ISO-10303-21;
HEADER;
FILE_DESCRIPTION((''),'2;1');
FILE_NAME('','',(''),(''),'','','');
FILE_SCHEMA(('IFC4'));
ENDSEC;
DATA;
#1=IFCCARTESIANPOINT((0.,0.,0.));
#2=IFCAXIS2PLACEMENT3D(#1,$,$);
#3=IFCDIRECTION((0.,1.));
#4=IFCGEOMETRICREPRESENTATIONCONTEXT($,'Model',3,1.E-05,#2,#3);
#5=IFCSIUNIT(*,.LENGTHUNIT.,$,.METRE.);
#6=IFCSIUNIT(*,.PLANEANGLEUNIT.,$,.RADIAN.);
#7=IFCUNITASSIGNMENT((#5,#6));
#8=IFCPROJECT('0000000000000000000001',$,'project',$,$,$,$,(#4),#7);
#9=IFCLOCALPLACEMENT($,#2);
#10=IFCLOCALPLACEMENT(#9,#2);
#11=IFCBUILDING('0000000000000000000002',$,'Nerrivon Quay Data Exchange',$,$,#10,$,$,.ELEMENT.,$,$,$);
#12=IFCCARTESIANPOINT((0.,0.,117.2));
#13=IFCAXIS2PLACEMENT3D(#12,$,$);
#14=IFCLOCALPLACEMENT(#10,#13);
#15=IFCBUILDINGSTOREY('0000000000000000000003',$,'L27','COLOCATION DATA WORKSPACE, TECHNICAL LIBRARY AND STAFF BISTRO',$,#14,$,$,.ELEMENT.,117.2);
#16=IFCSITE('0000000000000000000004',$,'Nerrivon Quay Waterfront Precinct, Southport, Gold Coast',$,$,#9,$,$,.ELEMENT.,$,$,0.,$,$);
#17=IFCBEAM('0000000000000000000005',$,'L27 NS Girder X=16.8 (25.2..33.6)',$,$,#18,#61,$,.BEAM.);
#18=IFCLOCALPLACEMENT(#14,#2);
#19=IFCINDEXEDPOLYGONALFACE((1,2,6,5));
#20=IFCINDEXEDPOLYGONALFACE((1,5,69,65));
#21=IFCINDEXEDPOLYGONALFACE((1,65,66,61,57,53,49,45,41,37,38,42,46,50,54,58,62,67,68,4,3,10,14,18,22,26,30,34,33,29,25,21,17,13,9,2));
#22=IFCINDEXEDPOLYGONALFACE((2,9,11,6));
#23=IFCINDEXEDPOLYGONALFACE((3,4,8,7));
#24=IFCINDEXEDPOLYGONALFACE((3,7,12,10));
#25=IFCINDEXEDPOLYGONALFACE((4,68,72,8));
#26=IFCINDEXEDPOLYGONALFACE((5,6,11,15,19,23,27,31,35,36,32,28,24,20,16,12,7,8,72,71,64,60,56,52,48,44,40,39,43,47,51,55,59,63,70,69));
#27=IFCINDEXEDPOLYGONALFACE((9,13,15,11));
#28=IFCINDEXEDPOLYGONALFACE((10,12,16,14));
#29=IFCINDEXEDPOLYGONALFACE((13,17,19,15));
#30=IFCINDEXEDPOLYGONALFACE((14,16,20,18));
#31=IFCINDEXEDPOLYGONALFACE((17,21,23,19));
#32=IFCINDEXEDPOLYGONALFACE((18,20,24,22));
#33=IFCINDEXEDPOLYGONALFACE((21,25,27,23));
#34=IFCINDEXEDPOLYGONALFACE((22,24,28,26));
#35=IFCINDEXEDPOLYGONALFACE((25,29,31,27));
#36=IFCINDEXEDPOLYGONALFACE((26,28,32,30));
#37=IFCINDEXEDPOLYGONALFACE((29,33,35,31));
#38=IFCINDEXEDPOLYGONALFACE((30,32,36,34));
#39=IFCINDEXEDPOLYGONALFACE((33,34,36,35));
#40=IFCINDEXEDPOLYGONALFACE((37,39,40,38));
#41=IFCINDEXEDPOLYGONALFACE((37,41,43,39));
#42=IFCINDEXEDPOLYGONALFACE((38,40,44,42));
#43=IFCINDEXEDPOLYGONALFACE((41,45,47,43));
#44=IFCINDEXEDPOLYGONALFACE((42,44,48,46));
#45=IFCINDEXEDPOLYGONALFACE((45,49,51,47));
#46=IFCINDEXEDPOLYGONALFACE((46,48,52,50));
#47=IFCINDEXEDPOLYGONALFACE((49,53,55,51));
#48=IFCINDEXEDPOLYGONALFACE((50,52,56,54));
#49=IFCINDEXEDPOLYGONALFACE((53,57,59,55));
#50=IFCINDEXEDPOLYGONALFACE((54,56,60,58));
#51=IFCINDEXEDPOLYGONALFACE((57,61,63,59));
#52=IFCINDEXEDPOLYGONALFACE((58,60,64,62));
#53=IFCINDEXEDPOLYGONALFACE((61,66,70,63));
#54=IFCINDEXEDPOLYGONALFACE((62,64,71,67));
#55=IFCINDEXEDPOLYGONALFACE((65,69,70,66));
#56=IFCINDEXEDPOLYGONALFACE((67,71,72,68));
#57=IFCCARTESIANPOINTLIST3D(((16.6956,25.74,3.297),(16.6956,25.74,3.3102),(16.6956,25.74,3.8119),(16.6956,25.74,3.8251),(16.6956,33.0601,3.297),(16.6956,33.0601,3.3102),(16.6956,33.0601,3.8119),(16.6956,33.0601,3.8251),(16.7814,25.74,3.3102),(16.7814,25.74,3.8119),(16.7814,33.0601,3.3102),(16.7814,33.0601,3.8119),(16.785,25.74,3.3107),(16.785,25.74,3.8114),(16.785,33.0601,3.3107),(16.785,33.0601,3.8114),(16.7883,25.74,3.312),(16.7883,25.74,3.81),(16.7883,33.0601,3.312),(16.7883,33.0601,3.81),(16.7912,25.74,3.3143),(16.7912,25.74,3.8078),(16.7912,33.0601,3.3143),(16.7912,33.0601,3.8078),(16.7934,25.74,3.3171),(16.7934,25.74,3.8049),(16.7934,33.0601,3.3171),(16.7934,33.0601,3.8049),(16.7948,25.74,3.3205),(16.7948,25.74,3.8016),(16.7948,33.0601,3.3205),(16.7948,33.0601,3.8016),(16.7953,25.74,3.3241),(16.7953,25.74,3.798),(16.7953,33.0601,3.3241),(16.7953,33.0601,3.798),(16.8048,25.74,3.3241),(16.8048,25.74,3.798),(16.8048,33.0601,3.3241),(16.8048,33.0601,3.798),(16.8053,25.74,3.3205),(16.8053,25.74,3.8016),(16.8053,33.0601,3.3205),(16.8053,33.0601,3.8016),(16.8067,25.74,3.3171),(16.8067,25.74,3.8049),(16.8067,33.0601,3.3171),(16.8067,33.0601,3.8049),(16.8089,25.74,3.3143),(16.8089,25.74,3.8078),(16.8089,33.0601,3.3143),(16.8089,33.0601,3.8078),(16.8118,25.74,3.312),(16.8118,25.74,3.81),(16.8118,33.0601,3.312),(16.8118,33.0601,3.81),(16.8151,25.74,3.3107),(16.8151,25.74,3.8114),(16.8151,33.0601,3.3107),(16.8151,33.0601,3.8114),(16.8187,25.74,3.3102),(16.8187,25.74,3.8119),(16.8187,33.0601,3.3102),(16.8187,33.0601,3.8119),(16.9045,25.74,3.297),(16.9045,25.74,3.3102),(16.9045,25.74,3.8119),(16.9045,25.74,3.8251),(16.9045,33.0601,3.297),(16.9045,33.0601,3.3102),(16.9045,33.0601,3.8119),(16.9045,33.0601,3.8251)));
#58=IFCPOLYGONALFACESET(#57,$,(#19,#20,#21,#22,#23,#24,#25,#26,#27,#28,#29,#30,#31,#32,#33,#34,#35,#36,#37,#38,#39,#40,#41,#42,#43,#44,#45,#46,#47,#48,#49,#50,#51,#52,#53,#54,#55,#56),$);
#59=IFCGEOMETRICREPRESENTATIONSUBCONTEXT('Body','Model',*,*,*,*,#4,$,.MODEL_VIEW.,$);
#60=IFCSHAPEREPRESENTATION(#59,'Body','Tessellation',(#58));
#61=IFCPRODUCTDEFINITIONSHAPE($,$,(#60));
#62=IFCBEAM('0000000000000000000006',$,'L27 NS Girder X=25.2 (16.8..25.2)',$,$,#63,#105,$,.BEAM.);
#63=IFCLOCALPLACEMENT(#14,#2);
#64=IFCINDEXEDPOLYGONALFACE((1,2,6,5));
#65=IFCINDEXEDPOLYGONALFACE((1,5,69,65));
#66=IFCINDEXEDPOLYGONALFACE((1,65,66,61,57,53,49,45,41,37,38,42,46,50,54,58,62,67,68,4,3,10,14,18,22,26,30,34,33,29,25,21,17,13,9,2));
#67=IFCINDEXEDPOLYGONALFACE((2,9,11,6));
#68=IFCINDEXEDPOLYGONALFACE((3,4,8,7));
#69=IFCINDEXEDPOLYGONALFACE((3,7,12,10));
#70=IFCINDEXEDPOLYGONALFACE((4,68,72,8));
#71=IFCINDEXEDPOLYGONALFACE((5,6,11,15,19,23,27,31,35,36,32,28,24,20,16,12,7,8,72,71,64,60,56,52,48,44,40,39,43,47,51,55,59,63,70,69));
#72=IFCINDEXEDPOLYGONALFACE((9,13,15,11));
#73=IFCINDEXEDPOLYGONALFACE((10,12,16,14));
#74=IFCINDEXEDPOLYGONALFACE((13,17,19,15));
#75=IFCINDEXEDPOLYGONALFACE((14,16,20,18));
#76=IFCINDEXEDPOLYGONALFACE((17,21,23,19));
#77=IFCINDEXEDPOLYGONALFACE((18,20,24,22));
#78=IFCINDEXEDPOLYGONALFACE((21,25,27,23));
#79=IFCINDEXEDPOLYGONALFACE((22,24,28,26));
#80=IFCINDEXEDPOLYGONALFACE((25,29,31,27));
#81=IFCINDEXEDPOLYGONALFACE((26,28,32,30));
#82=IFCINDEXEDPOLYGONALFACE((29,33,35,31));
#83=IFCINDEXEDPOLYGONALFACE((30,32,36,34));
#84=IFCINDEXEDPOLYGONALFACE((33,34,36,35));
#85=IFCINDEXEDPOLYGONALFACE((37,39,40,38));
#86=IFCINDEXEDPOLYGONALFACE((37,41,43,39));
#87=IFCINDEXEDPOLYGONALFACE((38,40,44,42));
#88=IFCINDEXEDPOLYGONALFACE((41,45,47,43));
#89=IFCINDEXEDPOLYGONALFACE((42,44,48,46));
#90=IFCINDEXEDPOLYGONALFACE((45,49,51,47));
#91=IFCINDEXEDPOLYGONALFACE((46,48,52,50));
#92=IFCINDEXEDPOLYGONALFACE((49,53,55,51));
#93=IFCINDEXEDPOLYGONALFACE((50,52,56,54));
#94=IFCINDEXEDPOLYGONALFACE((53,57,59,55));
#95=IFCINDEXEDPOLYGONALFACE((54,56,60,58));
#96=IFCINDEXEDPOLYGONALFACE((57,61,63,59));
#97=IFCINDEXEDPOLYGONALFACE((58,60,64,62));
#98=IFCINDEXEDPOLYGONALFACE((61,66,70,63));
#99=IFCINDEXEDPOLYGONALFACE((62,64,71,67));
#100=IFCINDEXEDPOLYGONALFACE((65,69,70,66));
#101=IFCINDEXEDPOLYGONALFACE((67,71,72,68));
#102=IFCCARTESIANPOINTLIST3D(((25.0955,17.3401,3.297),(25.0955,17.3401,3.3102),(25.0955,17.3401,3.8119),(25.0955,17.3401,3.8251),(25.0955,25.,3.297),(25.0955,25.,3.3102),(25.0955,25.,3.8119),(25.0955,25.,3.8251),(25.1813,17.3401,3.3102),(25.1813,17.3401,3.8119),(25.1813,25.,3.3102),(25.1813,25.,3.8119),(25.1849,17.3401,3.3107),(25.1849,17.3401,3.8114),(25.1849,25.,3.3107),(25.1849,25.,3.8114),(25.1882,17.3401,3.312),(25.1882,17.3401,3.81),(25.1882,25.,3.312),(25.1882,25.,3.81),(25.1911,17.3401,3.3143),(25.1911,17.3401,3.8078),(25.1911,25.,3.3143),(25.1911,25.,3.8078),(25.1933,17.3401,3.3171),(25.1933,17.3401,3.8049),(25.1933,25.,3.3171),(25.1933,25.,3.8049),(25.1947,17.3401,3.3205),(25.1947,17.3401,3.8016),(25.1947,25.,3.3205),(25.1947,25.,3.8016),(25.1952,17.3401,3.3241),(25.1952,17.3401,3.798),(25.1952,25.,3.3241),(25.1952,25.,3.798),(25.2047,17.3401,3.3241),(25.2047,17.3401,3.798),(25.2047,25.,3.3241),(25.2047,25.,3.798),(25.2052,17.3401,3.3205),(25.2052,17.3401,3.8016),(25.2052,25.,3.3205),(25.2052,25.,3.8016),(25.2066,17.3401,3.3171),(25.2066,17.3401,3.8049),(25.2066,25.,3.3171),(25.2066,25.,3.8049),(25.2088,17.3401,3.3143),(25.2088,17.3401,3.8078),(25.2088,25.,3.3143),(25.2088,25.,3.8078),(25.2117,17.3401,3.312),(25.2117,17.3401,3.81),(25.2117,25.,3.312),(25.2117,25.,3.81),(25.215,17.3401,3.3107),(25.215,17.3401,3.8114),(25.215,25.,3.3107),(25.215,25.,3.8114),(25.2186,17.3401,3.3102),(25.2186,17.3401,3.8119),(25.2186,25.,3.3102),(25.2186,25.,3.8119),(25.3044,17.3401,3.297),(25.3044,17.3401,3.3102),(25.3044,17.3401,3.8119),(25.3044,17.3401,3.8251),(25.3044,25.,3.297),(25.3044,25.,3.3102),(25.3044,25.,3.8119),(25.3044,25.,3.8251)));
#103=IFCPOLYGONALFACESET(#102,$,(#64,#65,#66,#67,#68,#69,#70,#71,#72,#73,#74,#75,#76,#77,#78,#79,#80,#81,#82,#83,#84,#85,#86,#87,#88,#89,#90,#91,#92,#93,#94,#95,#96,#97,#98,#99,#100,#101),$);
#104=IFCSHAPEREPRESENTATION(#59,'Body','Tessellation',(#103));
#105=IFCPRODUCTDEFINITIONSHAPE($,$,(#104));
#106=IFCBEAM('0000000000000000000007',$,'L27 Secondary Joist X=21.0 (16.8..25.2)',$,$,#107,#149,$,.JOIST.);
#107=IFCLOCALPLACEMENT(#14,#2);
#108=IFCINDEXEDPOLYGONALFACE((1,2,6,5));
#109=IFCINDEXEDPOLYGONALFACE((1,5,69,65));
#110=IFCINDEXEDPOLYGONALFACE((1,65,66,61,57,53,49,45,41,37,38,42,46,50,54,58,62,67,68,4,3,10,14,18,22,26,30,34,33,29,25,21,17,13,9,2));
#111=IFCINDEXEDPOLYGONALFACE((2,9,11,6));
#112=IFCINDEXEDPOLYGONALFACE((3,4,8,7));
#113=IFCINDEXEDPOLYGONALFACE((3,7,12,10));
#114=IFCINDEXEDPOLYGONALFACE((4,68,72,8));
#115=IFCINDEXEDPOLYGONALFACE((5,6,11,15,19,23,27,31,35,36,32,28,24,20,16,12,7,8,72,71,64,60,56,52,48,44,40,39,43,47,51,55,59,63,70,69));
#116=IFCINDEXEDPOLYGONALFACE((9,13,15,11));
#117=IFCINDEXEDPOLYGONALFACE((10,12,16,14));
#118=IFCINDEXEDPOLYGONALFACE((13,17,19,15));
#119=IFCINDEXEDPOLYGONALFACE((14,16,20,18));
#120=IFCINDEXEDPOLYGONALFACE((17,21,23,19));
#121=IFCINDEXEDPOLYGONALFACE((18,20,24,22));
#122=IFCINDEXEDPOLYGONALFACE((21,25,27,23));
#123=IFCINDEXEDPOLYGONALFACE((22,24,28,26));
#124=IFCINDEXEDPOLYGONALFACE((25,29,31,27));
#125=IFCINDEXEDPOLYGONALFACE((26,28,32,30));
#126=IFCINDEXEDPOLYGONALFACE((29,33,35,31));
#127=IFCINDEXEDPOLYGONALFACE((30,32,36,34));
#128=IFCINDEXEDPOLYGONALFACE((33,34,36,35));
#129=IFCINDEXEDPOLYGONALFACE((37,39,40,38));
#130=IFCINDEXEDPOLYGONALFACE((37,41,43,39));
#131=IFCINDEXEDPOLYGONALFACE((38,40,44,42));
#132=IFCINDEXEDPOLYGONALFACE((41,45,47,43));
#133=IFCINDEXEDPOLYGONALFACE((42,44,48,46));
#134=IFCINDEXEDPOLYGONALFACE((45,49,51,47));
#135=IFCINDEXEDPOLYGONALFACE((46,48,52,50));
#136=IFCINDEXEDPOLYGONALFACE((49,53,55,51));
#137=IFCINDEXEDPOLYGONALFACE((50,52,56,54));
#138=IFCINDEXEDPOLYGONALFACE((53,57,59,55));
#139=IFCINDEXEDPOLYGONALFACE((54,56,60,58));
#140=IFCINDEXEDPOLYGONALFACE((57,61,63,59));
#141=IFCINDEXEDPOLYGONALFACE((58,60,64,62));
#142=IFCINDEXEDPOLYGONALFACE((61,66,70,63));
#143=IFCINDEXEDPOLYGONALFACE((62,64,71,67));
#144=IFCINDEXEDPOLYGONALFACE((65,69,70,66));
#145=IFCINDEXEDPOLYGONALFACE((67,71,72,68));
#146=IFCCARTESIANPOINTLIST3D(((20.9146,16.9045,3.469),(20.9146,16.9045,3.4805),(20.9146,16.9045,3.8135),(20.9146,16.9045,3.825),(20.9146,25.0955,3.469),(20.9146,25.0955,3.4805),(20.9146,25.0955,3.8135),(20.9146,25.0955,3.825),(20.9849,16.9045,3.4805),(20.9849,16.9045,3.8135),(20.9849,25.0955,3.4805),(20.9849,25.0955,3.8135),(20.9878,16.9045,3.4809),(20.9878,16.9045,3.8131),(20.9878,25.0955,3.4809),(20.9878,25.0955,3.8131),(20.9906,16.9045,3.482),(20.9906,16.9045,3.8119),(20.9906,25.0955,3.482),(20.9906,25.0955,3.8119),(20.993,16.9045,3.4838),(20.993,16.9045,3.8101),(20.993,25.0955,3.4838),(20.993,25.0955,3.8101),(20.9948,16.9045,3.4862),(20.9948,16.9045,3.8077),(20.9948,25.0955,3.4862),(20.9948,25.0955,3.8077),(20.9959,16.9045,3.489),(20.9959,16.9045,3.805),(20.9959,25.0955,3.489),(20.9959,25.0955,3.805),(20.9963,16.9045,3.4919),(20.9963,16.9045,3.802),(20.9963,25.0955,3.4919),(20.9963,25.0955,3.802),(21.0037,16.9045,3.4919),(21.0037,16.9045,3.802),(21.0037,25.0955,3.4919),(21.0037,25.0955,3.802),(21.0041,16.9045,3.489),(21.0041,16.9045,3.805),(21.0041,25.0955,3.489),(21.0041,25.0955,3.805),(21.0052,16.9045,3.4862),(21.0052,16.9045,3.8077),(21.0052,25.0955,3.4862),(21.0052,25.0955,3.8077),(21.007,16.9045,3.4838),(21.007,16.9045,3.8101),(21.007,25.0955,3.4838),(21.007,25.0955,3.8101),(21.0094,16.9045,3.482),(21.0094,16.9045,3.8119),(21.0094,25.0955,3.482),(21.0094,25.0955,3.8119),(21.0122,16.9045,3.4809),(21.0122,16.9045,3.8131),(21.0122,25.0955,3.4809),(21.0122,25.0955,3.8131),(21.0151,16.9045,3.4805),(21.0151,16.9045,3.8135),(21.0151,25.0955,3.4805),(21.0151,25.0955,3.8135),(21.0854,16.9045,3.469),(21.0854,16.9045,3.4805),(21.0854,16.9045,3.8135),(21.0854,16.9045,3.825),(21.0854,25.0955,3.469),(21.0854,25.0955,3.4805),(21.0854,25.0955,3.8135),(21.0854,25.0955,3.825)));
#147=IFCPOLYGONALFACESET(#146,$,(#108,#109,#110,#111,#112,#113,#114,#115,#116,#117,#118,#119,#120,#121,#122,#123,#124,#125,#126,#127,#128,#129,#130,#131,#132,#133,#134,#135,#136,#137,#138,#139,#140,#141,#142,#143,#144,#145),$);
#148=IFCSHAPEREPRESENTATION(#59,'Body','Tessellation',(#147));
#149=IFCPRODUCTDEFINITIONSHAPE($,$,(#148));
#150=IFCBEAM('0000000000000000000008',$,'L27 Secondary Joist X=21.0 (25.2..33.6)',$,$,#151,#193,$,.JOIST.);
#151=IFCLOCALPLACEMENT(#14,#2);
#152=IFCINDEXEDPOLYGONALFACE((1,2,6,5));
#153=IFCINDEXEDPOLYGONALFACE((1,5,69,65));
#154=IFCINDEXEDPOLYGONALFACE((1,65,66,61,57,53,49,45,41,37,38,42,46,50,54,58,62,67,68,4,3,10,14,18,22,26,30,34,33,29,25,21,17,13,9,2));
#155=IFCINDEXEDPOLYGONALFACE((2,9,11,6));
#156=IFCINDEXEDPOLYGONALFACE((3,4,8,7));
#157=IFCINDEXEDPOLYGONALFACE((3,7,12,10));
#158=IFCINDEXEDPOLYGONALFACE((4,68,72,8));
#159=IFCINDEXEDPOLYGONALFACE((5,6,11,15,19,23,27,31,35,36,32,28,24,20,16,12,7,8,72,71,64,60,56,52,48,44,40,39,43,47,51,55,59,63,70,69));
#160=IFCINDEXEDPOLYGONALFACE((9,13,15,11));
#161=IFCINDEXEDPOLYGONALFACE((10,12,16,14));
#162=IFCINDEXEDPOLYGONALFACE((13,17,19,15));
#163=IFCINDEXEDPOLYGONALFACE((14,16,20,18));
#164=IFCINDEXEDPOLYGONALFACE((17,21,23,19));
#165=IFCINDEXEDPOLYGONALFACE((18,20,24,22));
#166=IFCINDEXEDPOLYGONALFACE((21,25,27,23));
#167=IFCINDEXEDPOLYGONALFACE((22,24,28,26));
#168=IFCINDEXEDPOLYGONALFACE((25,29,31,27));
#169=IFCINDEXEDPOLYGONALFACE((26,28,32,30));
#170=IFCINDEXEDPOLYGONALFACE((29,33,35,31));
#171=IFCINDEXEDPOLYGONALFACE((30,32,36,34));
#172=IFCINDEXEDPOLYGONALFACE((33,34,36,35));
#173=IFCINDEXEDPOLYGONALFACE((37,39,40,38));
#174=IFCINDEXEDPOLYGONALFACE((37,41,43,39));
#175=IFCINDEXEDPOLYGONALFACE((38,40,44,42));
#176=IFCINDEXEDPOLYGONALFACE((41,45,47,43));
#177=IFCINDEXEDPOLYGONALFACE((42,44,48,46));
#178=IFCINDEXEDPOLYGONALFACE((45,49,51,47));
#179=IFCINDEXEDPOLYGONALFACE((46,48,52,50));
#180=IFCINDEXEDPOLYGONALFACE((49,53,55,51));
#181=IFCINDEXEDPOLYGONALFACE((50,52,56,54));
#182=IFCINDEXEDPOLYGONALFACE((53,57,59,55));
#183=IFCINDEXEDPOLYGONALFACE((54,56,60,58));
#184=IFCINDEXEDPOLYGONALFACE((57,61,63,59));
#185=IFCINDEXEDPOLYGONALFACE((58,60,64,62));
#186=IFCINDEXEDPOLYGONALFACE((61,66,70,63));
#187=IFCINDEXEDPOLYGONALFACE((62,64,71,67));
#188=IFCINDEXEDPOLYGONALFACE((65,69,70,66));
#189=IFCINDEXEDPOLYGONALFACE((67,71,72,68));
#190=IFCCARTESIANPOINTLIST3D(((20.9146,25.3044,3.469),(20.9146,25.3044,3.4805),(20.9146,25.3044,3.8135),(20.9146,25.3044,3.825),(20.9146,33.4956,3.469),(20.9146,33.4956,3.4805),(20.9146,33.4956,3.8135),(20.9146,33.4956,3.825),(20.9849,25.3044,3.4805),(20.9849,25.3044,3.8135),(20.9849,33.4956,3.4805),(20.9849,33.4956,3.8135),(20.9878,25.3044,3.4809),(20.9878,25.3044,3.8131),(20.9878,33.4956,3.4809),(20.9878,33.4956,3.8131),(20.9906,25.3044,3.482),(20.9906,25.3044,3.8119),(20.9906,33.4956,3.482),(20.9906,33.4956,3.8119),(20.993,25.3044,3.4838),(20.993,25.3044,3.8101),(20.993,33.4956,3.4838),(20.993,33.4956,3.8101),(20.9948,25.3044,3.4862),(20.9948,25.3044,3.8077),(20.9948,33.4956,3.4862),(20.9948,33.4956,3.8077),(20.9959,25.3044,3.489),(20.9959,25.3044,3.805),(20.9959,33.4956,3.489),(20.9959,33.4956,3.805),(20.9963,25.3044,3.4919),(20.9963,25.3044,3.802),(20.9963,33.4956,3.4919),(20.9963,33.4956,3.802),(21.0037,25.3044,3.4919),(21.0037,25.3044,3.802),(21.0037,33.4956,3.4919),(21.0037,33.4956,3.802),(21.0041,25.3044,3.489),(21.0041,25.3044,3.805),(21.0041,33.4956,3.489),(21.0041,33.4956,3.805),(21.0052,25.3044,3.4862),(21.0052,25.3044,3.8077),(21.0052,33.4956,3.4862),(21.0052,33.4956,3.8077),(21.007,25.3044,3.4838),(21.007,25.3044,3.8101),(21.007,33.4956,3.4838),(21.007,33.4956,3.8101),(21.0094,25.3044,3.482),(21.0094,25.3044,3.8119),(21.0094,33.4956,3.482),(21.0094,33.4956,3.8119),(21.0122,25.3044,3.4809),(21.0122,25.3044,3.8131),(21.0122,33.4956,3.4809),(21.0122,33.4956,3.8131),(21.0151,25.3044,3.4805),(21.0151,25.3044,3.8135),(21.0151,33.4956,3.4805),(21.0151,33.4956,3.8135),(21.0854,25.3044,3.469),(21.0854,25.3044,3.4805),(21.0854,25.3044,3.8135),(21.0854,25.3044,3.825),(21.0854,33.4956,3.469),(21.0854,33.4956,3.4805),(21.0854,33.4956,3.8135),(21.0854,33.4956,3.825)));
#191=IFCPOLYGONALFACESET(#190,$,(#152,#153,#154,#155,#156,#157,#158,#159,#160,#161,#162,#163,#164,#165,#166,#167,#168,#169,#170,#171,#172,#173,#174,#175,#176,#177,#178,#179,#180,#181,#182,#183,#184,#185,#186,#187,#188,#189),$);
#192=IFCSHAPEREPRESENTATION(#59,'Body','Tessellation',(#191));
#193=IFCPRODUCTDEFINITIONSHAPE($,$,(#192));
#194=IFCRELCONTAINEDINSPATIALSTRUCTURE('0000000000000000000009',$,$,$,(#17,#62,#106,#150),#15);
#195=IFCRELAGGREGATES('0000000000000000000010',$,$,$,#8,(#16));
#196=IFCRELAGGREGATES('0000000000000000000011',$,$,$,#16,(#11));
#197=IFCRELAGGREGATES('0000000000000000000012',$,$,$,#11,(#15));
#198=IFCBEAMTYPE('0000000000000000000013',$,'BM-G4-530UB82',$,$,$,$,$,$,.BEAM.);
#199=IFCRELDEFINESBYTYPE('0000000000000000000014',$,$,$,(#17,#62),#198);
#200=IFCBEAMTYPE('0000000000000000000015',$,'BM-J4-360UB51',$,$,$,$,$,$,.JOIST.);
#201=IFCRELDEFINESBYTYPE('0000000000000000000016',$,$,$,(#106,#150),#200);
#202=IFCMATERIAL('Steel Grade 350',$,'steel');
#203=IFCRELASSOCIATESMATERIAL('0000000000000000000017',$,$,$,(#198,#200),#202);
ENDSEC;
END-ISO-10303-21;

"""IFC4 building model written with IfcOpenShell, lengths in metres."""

from ifc_helpers import new_model, si_unit, direction, frame, origin, origin_2d, place, context, subcontext, project, spatial, i_section, extrude, material, material_profile, profile_set, type_object, element, save


model = new_model("IFC4")

# Units and contexts
model_context = context("Model", 3, precision=1e-05, world=origin(), true_north=direction((0.0, 1.0)))
body_context = subcontext(model_context, "Body", "Model", "MODEL_VIEW")
ifc_project = project(units=[si_unit("LENGTHUNIT", "METRE"), si_unit("PLANEANGLEUNIT", "RADIAN")], contexts=[model_context])

# Site, building, storey
site_placement = place(None, origin())
site = spatial("IfcSite", under=ifc_project, at=site_placement, Name="Nerrivon Quay Waterfront Precinct, Southport, Gold Coast", CompositionType="ELEMENT", RefElevation=0.0)
building_placement = place(site_placement, origin())
building = spatial("IfcBuilding", under=site, at=building_placement, Name="Nerrivon Quay Data Exchange", CompositionType="ELEMENT")
storey_placement = place(building_placement, frame((0.0, 0.0, 117.2)))
storey = spatial("IfcBuildingStorey", under=building, at=storey_placement, Name="L27", Description="COLOCATION DATA WORKSPACE, TECHNICAL LIBRARY AND STAFF BISTRO", CompositionType="ELEMENT", Elevation=117.2)

# Shared definitions
ifc_material_1 = material(Name="Steel Grade 350", Category="steel")

# Beams
ifc_material_profile_1 = material_profile(ifc_material_1, i_section(OverallWidth=0.209, OverallDepth=0.5281, WebThickness=0.0095, FlangeThickness=0.0132, FilletRadius=0.0139, at=origin_2d()), Name="530UB82.0")
ifc_profile_set_1 = profile_set([ifc_material_profile_1], Name="Steel Grade 350")
beam_type_1 = type_object("IfcBeamType", Name="BM-G4-530UB82", PredefinedType="BEAM", material=ifc_profile_set_1)
beam_1_placement = place(storey_placement, frame((16.8, 25.74, 3.561), z_axis=(0.0, 1.0, 0.0), x_axis=(-1.0, 0.0, 0.0)))
element("IfcBeam", 1, at=beam_1_placement, inside=storey, type_object=beam_type_1, Name="L27 NS Girder X=16.8 (25.2..33.6)", PredefinedType="BEAM", context=body_context, shape_type="SweptSolid", body=[
    extrude(i_section(OverallWidth=0.209, OverallDepth=0.5281, WebThickness=0.0095, FlangeThickness=0.0132, FilletRadius=0.0139, at=origin_2d()), origin(), (0.0, 0.0, 1.0), 7.3201),
])
beam_2_placement = place(storey_placement, frame((25.2, 17.3401, 3.561), z_axis=(0.0, 1.0, 0.0), x_axis=(-1.0, 0.0, 0.0)))
element("IfcBeam", 2, at=beam_2_placement, inside=storey, type_object=beam_type_1, Name="L27 NS Girder X=25.2 (16.8..25.2)", PredefinedType="BEAM", context=body_context, shape_type="SweptSolid", body=[
    extrude(i_section(OverallWidth=0.209, OverallDepth=0.5281, WebThickness=0.0095, FlangeThickness=0.0132, FilletRadius=0.0139, at=origin_2d()), origin(), (0.0, 0.0, 1.0), 7.6599),
])
ifc_material_profile_2 = material_profile(ifc_material_1, i_section(OverallWidth=0.1709, OverallDepth=0.356, WebThickness=0.0073, FlangeThickness=0.0115, FilletRadius=0.0115, at=origin_2d()), Name="360UB50.7")
ifc_profile_set_2 = profile_set([ifc_material_profile_2], Name="Steel Grade 350")
beam_type_2 = type_object("IfcBeamType", Name="BM-J4-360UB51", PredefinedType="JOIST", material=ifc_profile_set_2)
beam_3_placement = place(storey_placement, frame((21.0, 16.9045, 3.647), z_axis=(0.0, 1.0, 0.0), x_axis=(-1.0, 0.0, 0.0)))
element("IfcBeam", 3, at=beam_3_placement, inside=storey, type_object=beam_type_2, Name="L27 Secondary Joist X=21.0 (16.8..25.2)", PredefinedType="JOIST", context=body_context, shape_type="SweptSolid", body=[
    extrude(i_section(OverallWidth=0.1709, OverallDepth=0.356, WebThickness=0.0073, FlangeThickness=0.0115, FilletRadius=0.0115, at=origin_2d()), origin(), (0.0, 0.0, 1.0), 8.1909),
])
beam_4_placement = place(storey_placement, frame((21.0, 25.3044, 3.647), z_axis=(0.0, 1.0, 0.0), x_axis=(-1.0, 0.0, 0.0)))
element("IfcBeam", 4, at=beam_4_placement, inside=storey, type_object=beam_type_2, Name="L27 Secondary Joist X=21.0 (25.2..33.6)", PredefinedType="JOIST", context=body_context, shape_type="SweptSolid", body=[
    extrude(i_section(OverallWidth=0.1709, OverallDepth=0.356, WebThickness=0.0073, FlangeThickness=0.0115, FilletRadius=0.0115, at=origin_2d()), origin(), (0.0, 0.0, 1.0), 8.1912),
])

save(model, "model.ifc")
